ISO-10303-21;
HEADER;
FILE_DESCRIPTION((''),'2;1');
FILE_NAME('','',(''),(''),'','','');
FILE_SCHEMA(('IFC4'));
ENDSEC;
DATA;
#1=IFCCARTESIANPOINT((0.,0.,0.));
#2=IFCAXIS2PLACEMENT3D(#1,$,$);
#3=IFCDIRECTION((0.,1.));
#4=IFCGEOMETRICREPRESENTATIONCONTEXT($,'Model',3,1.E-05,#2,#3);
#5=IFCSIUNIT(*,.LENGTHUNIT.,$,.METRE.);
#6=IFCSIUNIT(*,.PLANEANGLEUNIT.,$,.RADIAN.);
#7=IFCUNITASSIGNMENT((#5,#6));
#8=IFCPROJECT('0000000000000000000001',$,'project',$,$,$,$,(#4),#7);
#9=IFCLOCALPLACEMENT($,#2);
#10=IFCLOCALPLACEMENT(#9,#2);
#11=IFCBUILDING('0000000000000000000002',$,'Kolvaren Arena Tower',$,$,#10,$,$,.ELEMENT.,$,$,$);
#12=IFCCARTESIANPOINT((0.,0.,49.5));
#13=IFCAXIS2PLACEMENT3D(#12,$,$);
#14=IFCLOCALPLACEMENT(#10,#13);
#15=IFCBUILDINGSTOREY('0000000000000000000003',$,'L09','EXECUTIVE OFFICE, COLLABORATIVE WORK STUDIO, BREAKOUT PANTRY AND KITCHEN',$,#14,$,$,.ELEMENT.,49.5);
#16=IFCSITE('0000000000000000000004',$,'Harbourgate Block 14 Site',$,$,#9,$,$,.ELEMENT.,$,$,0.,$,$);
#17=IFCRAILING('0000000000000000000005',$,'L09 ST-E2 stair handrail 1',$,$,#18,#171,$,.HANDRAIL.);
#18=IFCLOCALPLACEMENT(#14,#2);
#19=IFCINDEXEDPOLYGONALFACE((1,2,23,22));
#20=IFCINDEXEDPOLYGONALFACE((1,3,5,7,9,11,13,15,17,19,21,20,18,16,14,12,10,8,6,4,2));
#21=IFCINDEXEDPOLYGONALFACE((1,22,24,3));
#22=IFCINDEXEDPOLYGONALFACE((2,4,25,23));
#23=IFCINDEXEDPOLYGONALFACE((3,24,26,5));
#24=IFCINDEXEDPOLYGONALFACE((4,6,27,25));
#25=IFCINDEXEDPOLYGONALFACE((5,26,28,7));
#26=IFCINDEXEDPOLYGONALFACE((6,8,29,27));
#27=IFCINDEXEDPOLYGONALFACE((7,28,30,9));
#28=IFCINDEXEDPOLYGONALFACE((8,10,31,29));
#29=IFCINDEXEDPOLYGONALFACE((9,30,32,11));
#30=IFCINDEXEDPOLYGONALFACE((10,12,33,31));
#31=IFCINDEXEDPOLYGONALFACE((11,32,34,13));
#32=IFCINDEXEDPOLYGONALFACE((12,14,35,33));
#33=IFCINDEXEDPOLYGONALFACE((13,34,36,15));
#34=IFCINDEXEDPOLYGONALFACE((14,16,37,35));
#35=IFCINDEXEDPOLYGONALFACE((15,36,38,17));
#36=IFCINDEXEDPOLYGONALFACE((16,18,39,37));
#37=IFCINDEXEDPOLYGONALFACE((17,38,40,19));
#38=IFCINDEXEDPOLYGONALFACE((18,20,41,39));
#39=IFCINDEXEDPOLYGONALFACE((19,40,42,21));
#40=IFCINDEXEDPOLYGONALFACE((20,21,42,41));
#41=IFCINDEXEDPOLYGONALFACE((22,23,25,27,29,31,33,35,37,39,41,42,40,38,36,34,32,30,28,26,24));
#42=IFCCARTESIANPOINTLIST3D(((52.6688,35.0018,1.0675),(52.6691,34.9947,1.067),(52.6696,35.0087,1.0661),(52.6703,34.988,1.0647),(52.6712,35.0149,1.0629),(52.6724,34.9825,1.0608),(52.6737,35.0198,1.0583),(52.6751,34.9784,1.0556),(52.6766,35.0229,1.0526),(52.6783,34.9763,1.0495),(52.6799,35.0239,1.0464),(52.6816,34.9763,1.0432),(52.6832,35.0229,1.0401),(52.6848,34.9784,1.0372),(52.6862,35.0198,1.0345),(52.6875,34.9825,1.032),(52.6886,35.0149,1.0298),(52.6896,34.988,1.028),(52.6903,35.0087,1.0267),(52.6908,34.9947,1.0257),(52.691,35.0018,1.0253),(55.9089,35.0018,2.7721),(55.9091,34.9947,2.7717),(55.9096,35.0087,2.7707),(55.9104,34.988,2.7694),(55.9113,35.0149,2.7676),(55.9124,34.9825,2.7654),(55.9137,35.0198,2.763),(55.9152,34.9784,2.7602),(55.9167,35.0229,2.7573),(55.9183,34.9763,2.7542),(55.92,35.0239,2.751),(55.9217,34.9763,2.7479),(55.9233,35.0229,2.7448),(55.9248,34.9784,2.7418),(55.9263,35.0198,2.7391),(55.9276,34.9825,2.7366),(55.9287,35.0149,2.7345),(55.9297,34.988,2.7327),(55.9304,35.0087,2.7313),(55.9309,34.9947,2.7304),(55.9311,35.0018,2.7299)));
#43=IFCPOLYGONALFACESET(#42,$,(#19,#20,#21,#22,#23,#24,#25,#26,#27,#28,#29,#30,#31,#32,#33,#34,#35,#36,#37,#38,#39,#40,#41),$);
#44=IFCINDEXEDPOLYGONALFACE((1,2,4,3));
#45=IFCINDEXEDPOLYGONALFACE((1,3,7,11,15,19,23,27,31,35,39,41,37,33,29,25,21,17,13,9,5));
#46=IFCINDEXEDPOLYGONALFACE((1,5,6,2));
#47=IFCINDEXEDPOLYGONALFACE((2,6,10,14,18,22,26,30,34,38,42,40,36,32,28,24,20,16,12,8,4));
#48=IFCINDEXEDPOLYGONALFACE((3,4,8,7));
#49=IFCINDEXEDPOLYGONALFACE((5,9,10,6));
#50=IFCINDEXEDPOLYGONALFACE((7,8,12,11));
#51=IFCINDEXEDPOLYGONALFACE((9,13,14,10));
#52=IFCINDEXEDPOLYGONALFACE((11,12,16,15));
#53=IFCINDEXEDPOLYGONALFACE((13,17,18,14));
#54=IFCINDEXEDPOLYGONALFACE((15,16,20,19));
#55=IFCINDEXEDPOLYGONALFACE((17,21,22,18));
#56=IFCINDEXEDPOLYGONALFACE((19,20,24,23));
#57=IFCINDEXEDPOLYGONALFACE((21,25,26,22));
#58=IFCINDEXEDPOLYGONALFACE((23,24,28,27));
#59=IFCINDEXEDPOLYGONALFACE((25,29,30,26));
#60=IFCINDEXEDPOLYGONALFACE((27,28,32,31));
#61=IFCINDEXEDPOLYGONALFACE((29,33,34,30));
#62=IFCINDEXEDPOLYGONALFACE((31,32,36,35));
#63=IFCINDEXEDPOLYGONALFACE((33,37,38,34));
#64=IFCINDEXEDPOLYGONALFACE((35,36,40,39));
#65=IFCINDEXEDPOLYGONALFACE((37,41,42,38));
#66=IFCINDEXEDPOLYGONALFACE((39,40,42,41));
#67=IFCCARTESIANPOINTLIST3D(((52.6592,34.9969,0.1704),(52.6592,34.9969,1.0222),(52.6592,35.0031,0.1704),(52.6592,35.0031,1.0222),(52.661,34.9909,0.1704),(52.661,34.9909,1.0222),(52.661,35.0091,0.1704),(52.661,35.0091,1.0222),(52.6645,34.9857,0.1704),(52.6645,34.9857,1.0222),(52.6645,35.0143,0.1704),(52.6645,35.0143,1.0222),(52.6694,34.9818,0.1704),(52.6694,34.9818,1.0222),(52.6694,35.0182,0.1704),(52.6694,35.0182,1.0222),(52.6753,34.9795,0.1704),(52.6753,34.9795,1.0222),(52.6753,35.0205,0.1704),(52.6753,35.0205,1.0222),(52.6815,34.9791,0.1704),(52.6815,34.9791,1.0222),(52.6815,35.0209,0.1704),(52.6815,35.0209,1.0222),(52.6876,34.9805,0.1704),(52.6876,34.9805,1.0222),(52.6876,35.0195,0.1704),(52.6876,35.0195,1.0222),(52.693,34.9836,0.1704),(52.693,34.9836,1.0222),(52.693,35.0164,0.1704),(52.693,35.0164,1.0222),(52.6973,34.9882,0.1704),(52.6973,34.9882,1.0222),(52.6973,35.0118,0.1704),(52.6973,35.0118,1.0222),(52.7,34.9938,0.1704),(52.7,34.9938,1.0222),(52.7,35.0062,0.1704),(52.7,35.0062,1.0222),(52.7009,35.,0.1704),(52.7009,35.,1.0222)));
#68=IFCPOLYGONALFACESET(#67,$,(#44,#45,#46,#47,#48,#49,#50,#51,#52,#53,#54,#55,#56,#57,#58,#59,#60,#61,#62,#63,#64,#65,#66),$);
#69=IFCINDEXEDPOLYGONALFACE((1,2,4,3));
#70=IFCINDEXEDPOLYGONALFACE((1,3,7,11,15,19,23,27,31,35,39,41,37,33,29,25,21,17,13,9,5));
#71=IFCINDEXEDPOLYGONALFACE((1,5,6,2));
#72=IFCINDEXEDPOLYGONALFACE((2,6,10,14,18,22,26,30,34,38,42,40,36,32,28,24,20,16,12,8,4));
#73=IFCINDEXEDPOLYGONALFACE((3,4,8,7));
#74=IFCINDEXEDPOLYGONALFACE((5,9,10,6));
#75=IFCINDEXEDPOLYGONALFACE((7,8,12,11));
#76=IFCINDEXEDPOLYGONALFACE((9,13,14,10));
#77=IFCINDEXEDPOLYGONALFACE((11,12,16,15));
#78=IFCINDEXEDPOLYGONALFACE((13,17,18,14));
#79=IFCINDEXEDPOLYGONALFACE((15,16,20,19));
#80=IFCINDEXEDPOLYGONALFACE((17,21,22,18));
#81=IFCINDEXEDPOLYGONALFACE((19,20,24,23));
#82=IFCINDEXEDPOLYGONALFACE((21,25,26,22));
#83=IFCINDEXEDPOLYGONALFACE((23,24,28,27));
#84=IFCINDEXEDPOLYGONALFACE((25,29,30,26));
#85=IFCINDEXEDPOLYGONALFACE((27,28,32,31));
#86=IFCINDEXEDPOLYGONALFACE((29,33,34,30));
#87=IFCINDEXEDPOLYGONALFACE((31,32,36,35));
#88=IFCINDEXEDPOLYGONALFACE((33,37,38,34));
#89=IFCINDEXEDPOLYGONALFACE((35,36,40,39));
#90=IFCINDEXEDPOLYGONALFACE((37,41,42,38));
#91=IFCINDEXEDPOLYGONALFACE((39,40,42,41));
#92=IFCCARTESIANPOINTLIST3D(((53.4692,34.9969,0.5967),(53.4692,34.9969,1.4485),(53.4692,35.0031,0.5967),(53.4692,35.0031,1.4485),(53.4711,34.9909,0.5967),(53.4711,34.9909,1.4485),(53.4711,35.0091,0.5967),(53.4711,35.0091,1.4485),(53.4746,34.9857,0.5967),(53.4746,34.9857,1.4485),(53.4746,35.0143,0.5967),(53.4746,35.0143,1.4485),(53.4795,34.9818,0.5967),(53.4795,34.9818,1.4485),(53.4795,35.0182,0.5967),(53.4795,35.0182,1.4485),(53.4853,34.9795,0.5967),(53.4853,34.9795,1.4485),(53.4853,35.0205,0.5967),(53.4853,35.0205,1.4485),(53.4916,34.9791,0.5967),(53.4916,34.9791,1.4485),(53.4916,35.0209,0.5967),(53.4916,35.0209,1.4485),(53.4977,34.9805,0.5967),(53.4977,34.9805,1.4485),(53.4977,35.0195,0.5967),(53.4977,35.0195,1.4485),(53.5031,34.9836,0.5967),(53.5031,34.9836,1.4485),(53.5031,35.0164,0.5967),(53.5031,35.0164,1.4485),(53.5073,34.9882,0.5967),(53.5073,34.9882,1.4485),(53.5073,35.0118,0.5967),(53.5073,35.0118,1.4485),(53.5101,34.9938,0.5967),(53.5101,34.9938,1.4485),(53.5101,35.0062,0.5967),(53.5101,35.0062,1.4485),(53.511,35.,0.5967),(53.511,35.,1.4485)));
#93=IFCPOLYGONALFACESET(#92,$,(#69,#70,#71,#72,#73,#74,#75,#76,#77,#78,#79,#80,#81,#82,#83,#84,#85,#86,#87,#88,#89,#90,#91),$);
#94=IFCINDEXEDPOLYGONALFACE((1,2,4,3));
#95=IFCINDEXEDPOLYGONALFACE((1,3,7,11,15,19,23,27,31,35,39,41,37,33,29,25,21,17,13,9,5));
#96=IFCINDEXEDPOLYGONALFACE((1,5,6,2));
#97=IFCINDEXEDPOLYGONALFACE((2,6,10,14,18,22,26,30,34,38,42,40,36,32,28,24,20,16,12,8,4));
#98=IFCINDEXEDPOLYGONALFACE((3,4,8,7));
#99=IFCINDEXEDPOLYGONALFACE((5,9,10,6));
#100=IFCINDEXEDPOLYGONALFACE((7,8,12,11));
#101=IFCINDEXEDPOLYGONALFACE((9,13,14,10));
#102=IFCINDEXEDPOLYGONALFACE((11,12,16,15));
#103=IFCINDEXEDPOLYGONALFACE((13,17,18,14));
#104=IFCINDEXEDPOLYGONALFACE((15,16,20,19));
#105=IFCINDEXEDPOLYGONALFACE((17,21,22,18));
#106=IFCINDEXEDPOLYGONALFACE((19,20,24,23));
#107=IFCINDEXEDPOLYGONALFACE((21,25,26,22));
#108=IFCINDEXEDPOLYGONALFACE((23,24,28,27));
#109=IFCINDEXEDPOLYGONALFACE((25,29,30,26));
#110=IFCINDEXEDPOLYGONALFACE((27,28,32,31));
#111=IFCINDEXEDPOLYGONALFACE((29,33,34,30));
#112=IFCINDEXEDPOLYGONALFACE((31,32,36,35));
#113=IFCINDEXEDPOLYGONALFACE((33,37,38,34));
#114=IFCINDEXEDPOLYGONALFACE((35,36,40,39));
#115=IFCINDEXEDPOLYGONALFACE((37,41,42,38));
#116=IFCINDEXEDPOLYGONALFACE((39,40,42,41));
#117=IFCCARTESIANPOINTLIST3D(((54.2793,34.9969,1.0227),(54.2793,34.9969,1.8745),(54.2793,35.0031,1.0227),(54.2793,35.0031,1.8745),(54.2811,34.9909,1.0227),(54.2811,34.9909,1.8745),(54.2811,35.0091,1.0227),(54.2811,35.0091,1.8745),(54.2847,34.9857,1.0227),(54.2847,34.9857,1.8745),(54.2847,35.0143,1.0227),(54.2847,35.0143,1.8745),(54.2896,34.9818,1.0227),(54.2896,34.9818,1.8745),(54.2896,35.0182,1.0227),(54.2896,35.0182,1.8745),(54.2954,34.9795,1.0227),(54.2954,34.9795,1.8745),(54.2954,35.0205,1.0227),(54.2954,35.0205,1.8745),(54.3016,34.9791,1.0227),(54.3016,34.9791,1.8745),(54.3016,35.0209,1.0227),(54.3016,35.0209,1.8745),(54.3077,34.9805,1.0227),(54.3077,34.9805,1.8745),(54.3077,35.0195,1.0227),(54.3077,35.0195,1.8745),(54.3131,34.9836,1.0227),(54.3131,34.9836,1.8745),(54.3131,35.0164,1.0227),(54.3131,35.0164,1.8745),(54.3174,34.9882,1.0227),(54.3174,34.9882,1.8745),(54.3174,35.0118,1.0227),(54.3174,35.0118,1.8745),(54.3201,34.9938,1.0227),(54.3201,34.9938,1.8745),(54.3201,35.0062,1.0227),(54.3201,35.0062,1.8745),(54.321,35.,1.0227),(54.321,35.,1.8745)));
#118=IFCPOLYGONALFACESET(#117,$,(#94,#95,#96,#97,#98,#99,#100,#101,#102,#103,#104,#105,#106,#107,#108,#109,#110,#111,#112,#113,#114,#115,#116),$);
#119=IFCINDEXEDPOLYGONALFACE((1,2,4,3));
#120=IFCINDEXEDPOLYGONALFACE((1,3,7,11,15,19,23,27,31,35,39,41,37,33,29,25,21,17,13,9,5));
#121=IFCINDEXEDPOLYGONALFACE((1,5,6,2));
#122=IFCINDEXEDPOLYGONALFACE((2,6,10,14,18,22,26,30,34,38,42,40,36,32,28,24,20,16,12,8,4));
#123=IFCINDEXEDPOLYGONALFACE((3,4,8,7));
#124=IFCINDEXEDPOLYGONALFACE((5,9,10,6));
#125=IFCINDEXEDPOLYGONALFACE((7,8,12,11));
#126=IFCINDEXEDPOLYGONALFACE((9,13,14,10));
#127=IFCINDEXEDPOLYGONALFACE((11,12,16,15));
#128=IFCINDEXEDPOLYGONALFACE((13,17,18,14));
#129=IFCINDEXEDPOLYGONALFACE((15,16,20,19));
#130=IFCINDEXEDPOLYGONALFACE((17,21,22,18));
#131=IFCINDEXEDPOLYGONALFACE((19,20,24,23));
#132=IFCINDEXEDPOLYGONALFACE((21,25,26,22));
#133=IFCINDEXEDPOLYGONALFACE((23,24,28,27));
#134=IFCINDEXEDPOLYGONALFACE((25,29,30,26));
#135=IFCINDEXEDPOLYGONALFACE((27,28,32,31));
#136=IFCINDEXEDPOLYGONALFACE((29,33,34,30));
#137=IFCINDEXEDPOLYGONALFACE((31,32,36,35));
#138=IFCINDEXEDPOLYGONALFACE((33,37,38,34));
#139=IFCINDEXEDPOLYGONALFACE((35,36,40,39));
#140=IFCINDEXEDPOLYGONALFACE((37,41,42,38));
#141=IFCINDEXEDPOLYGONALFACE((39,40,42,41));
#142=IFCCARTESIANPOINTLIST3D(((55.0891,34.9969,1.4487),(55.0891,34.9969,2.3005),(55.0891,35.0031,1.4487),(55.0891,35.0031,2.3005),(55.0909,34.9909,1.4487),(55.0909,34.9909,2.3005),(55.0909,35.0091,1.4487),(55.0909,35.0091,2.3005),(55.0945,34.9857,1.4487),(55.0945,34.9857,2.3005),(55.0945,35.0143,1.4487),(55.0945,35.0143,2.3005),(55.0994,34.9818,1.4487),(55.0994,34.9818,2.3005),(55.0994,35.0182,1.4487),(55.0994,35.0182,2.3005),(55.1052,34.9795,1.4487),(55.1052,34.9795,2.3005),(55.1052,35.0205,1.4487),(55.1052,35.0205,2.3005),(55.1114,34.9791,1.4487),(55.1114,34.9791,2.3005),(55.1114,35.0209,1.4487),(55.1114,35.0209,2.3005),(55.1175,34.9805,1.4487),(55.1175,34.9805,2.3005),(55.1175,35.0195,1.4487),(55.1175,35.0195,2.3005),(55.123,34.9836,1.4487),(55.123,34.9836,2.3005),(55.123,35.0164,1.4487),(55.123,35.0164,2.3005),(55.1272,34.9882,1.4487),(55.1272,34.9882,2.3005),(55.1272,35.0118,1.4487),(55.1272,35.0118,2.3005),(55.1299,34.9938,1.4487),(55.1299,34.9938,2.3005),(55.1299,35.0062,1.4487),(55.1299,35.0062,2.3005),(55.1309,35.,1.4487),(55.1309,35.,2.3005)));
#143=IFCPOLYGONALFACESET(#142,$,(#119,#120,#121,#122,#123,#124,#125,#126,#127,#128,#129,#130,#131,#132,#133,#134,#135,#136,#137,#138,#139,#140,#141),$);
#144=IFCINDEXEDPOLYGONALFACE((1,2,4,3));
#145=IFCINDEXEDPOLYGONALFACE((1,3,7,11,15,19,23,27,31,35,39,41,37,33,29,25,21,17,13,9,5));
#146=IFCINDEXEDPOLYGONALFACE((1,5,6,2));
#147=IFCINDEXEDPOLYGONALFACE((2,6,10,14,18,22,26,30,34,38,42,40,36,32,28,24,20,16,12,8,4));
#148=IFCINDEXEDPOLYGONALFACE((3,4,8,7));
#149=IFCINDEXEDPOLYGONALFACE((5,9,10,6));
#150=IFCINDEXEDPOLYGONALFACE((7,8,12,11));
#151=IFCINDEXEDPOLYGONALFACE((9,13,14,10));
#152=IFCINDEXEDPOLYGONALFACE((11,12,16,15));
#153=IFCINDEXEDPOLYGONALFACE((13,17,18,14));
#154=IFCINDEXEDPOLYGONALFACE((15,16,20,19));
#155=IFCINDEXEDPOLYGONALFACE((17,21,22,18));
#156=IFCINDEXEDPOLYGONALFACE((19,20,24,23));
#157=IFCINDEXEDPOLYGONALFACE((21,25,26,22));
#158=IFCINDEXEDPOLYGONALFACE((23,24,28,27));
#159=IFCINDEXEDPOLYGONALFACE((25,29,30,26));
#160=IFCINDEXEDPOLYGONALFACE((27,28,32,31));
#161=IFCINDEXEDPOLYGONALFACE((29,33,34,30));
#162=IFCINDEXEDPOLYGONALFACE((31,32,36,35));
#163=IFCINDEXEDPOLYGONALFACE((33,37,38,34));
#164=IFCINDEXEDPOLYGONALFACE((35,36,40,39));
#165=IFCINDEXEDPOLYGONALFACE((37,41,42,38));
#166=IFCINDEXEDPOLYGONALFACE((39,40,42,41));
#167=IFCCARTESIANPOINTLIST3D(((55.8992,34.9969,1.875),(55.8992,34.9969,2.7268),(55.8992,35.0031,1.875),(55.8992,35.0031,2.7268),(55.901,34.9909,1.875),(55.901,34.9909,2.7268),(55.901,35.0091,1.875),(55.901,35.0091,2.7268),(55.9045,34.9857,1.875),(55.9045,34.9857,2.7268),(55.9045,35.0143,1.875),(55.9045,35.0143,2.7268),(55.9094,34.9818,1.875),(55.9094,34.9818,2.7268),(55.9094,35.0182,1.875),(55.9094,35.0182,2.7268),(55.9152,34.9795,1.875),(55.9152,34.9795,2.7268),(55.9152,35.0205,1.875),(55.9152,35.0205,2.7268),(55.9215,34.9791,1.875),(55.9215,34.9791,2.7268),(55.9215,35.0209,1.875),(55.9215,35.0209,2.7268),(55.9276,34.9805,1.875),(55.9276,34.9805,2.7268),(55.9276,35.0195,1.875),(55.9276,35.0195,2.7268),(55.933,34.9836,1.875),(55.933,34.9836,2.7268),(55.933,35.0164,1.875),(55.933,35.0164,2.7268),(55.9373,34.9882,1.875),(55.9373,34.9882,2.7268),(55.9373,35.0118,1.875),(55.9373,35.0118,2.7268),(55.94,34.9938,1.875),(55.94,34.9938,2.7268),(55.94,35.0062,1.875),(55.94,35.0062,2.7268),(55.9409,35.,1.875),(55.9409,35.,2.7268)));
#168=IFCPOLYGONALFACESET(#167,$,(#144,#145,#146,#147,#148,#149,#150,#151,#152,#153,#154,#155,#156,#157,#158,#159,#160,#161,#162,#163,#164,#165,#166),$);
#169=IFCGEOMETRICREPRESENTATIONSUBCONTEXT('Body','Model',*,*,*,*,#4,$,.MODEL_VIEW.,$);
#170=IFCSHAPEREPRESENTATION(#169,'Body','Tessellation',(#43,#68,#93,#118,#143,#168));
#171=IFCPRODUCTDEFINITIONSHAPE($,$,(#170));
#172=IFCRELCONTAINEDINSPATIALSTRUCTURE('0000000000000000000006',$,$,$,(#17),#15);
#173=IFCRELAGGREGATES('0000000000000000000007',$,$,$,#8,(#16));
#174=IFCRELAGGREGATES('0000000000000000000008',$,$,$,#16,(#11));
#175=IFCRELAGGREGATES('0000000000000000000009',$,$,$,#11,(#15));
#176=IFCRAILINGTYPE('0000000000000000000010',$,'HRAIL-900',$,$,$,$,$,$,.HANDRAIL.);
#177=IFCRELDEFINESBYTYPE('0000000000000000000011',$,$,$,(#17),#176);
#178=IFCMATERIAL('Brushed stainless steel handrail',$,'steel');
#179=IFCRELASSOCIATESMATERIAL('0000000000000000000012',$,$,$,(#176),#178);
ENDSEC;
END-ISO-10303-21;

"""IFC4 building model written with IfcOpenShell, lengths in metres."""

from ifc_helpers import new_model, si_unit, direction, frame, origin, origin_2d, place, context, subcontext, project, spatial, circle, extrude, material, type_object, element, save


model = new_model("IFC4")

# Units and contexts
model_context = context("Model", 3, precision=1e-05, world=origin(), true_north=direction((0.0, 1.0)))
body_context = subcontext(model_context, "Body", "Model", "MODEL_VIEW")
ifc_project = project(units=[si_unit("LENGTHUNIT", "METRE"), si_unit("PLANEANGLEUNIT", "RADIAN")], contexts=[model_context])

# Site, building, storey
site_placement = place(None, origin())
site = spatial("IfcSite", under=ifc_project, at=site_placement, Name="Harbourgate Block 14 Site", CompositionType="ELEMENT", RefElevation=0.0)
building_placement = place(site_placement, origin())
building = spatial("IfcBuilding", under=site, at=building_placement, Name="Kolvaren Arena Tower", CompositionType="ELEMENT")
storey_placement = place(building_placement, frame((0.0, 0.0, 49.5)))
storey = spatial("IfcBuildingStorey", under=building, at=storey_placement, Name="L09", Description="EXECUTIVE OFFICE, COLLABORATIVE WORK STUDIO, BREAKOUT PANTRY AND KITCHEN", CompositionType="ELEMENT", Elevation=49.5)

# Railing
ifc_material_1 = material(Name="Brushed stainless steel handrail", Category="steel")
railing_type_1 = type_object("IfcRailingType", Name="HRAIL-900", PredefinedType="HANDRAIL", material=ifc_material_1)
for number, where, name in (
    (1, (52.6799, 35.0, 0.1704), "L09 ST-E2 stair handrail 1"),
):
    element("IfcRailing", number, at=place(storey_placement, frame(where)), inside=storey, type_object=railing_type_1, Name=name, PredefinedType="HANDRAIL", context=body_context, shape_type="SweptSolid", body=[
        extrude(circle(Radius=0.0239, at=origin_2d()), frame((0.0, 0.0, 0.876), z_axis=(0.884993, 0.0, 0.465604), x_axis=(0.0, 1.0, 0.0)), (0.0, 0.0, 1.0), 3.6611),
        extrude(circle(Radius=0.021, at=origin_2d()), origin(), (0.0, 0.0, 1.0), 0.8518),
        extrude(circle(Radius=0.021, at=origin_2d()), frame((0.8101, 0.0, 0.4263)), (0.0, 0.0, 1.0), 0.8518),
        extrude(circle(Radius=0.021, at=origin_2d()), frame((1.6201, 0.0, 0.8523)), (0.0, 0.0, 1.0), 0.8518),
        extrude(circle(Radius=0.021, at=origin_2d()), frame((2.4299, 0.0, 1.2783)), (0.0, 0.0, 1.0), 0.8518),
        extrude(circle(Radius=0.021, at=origin_2d()), frame((3.24, 0.0, 1.7046)), (0.0, 0.0, 1.0), 0.8518),
    ])

save(model, "model.ifc")
